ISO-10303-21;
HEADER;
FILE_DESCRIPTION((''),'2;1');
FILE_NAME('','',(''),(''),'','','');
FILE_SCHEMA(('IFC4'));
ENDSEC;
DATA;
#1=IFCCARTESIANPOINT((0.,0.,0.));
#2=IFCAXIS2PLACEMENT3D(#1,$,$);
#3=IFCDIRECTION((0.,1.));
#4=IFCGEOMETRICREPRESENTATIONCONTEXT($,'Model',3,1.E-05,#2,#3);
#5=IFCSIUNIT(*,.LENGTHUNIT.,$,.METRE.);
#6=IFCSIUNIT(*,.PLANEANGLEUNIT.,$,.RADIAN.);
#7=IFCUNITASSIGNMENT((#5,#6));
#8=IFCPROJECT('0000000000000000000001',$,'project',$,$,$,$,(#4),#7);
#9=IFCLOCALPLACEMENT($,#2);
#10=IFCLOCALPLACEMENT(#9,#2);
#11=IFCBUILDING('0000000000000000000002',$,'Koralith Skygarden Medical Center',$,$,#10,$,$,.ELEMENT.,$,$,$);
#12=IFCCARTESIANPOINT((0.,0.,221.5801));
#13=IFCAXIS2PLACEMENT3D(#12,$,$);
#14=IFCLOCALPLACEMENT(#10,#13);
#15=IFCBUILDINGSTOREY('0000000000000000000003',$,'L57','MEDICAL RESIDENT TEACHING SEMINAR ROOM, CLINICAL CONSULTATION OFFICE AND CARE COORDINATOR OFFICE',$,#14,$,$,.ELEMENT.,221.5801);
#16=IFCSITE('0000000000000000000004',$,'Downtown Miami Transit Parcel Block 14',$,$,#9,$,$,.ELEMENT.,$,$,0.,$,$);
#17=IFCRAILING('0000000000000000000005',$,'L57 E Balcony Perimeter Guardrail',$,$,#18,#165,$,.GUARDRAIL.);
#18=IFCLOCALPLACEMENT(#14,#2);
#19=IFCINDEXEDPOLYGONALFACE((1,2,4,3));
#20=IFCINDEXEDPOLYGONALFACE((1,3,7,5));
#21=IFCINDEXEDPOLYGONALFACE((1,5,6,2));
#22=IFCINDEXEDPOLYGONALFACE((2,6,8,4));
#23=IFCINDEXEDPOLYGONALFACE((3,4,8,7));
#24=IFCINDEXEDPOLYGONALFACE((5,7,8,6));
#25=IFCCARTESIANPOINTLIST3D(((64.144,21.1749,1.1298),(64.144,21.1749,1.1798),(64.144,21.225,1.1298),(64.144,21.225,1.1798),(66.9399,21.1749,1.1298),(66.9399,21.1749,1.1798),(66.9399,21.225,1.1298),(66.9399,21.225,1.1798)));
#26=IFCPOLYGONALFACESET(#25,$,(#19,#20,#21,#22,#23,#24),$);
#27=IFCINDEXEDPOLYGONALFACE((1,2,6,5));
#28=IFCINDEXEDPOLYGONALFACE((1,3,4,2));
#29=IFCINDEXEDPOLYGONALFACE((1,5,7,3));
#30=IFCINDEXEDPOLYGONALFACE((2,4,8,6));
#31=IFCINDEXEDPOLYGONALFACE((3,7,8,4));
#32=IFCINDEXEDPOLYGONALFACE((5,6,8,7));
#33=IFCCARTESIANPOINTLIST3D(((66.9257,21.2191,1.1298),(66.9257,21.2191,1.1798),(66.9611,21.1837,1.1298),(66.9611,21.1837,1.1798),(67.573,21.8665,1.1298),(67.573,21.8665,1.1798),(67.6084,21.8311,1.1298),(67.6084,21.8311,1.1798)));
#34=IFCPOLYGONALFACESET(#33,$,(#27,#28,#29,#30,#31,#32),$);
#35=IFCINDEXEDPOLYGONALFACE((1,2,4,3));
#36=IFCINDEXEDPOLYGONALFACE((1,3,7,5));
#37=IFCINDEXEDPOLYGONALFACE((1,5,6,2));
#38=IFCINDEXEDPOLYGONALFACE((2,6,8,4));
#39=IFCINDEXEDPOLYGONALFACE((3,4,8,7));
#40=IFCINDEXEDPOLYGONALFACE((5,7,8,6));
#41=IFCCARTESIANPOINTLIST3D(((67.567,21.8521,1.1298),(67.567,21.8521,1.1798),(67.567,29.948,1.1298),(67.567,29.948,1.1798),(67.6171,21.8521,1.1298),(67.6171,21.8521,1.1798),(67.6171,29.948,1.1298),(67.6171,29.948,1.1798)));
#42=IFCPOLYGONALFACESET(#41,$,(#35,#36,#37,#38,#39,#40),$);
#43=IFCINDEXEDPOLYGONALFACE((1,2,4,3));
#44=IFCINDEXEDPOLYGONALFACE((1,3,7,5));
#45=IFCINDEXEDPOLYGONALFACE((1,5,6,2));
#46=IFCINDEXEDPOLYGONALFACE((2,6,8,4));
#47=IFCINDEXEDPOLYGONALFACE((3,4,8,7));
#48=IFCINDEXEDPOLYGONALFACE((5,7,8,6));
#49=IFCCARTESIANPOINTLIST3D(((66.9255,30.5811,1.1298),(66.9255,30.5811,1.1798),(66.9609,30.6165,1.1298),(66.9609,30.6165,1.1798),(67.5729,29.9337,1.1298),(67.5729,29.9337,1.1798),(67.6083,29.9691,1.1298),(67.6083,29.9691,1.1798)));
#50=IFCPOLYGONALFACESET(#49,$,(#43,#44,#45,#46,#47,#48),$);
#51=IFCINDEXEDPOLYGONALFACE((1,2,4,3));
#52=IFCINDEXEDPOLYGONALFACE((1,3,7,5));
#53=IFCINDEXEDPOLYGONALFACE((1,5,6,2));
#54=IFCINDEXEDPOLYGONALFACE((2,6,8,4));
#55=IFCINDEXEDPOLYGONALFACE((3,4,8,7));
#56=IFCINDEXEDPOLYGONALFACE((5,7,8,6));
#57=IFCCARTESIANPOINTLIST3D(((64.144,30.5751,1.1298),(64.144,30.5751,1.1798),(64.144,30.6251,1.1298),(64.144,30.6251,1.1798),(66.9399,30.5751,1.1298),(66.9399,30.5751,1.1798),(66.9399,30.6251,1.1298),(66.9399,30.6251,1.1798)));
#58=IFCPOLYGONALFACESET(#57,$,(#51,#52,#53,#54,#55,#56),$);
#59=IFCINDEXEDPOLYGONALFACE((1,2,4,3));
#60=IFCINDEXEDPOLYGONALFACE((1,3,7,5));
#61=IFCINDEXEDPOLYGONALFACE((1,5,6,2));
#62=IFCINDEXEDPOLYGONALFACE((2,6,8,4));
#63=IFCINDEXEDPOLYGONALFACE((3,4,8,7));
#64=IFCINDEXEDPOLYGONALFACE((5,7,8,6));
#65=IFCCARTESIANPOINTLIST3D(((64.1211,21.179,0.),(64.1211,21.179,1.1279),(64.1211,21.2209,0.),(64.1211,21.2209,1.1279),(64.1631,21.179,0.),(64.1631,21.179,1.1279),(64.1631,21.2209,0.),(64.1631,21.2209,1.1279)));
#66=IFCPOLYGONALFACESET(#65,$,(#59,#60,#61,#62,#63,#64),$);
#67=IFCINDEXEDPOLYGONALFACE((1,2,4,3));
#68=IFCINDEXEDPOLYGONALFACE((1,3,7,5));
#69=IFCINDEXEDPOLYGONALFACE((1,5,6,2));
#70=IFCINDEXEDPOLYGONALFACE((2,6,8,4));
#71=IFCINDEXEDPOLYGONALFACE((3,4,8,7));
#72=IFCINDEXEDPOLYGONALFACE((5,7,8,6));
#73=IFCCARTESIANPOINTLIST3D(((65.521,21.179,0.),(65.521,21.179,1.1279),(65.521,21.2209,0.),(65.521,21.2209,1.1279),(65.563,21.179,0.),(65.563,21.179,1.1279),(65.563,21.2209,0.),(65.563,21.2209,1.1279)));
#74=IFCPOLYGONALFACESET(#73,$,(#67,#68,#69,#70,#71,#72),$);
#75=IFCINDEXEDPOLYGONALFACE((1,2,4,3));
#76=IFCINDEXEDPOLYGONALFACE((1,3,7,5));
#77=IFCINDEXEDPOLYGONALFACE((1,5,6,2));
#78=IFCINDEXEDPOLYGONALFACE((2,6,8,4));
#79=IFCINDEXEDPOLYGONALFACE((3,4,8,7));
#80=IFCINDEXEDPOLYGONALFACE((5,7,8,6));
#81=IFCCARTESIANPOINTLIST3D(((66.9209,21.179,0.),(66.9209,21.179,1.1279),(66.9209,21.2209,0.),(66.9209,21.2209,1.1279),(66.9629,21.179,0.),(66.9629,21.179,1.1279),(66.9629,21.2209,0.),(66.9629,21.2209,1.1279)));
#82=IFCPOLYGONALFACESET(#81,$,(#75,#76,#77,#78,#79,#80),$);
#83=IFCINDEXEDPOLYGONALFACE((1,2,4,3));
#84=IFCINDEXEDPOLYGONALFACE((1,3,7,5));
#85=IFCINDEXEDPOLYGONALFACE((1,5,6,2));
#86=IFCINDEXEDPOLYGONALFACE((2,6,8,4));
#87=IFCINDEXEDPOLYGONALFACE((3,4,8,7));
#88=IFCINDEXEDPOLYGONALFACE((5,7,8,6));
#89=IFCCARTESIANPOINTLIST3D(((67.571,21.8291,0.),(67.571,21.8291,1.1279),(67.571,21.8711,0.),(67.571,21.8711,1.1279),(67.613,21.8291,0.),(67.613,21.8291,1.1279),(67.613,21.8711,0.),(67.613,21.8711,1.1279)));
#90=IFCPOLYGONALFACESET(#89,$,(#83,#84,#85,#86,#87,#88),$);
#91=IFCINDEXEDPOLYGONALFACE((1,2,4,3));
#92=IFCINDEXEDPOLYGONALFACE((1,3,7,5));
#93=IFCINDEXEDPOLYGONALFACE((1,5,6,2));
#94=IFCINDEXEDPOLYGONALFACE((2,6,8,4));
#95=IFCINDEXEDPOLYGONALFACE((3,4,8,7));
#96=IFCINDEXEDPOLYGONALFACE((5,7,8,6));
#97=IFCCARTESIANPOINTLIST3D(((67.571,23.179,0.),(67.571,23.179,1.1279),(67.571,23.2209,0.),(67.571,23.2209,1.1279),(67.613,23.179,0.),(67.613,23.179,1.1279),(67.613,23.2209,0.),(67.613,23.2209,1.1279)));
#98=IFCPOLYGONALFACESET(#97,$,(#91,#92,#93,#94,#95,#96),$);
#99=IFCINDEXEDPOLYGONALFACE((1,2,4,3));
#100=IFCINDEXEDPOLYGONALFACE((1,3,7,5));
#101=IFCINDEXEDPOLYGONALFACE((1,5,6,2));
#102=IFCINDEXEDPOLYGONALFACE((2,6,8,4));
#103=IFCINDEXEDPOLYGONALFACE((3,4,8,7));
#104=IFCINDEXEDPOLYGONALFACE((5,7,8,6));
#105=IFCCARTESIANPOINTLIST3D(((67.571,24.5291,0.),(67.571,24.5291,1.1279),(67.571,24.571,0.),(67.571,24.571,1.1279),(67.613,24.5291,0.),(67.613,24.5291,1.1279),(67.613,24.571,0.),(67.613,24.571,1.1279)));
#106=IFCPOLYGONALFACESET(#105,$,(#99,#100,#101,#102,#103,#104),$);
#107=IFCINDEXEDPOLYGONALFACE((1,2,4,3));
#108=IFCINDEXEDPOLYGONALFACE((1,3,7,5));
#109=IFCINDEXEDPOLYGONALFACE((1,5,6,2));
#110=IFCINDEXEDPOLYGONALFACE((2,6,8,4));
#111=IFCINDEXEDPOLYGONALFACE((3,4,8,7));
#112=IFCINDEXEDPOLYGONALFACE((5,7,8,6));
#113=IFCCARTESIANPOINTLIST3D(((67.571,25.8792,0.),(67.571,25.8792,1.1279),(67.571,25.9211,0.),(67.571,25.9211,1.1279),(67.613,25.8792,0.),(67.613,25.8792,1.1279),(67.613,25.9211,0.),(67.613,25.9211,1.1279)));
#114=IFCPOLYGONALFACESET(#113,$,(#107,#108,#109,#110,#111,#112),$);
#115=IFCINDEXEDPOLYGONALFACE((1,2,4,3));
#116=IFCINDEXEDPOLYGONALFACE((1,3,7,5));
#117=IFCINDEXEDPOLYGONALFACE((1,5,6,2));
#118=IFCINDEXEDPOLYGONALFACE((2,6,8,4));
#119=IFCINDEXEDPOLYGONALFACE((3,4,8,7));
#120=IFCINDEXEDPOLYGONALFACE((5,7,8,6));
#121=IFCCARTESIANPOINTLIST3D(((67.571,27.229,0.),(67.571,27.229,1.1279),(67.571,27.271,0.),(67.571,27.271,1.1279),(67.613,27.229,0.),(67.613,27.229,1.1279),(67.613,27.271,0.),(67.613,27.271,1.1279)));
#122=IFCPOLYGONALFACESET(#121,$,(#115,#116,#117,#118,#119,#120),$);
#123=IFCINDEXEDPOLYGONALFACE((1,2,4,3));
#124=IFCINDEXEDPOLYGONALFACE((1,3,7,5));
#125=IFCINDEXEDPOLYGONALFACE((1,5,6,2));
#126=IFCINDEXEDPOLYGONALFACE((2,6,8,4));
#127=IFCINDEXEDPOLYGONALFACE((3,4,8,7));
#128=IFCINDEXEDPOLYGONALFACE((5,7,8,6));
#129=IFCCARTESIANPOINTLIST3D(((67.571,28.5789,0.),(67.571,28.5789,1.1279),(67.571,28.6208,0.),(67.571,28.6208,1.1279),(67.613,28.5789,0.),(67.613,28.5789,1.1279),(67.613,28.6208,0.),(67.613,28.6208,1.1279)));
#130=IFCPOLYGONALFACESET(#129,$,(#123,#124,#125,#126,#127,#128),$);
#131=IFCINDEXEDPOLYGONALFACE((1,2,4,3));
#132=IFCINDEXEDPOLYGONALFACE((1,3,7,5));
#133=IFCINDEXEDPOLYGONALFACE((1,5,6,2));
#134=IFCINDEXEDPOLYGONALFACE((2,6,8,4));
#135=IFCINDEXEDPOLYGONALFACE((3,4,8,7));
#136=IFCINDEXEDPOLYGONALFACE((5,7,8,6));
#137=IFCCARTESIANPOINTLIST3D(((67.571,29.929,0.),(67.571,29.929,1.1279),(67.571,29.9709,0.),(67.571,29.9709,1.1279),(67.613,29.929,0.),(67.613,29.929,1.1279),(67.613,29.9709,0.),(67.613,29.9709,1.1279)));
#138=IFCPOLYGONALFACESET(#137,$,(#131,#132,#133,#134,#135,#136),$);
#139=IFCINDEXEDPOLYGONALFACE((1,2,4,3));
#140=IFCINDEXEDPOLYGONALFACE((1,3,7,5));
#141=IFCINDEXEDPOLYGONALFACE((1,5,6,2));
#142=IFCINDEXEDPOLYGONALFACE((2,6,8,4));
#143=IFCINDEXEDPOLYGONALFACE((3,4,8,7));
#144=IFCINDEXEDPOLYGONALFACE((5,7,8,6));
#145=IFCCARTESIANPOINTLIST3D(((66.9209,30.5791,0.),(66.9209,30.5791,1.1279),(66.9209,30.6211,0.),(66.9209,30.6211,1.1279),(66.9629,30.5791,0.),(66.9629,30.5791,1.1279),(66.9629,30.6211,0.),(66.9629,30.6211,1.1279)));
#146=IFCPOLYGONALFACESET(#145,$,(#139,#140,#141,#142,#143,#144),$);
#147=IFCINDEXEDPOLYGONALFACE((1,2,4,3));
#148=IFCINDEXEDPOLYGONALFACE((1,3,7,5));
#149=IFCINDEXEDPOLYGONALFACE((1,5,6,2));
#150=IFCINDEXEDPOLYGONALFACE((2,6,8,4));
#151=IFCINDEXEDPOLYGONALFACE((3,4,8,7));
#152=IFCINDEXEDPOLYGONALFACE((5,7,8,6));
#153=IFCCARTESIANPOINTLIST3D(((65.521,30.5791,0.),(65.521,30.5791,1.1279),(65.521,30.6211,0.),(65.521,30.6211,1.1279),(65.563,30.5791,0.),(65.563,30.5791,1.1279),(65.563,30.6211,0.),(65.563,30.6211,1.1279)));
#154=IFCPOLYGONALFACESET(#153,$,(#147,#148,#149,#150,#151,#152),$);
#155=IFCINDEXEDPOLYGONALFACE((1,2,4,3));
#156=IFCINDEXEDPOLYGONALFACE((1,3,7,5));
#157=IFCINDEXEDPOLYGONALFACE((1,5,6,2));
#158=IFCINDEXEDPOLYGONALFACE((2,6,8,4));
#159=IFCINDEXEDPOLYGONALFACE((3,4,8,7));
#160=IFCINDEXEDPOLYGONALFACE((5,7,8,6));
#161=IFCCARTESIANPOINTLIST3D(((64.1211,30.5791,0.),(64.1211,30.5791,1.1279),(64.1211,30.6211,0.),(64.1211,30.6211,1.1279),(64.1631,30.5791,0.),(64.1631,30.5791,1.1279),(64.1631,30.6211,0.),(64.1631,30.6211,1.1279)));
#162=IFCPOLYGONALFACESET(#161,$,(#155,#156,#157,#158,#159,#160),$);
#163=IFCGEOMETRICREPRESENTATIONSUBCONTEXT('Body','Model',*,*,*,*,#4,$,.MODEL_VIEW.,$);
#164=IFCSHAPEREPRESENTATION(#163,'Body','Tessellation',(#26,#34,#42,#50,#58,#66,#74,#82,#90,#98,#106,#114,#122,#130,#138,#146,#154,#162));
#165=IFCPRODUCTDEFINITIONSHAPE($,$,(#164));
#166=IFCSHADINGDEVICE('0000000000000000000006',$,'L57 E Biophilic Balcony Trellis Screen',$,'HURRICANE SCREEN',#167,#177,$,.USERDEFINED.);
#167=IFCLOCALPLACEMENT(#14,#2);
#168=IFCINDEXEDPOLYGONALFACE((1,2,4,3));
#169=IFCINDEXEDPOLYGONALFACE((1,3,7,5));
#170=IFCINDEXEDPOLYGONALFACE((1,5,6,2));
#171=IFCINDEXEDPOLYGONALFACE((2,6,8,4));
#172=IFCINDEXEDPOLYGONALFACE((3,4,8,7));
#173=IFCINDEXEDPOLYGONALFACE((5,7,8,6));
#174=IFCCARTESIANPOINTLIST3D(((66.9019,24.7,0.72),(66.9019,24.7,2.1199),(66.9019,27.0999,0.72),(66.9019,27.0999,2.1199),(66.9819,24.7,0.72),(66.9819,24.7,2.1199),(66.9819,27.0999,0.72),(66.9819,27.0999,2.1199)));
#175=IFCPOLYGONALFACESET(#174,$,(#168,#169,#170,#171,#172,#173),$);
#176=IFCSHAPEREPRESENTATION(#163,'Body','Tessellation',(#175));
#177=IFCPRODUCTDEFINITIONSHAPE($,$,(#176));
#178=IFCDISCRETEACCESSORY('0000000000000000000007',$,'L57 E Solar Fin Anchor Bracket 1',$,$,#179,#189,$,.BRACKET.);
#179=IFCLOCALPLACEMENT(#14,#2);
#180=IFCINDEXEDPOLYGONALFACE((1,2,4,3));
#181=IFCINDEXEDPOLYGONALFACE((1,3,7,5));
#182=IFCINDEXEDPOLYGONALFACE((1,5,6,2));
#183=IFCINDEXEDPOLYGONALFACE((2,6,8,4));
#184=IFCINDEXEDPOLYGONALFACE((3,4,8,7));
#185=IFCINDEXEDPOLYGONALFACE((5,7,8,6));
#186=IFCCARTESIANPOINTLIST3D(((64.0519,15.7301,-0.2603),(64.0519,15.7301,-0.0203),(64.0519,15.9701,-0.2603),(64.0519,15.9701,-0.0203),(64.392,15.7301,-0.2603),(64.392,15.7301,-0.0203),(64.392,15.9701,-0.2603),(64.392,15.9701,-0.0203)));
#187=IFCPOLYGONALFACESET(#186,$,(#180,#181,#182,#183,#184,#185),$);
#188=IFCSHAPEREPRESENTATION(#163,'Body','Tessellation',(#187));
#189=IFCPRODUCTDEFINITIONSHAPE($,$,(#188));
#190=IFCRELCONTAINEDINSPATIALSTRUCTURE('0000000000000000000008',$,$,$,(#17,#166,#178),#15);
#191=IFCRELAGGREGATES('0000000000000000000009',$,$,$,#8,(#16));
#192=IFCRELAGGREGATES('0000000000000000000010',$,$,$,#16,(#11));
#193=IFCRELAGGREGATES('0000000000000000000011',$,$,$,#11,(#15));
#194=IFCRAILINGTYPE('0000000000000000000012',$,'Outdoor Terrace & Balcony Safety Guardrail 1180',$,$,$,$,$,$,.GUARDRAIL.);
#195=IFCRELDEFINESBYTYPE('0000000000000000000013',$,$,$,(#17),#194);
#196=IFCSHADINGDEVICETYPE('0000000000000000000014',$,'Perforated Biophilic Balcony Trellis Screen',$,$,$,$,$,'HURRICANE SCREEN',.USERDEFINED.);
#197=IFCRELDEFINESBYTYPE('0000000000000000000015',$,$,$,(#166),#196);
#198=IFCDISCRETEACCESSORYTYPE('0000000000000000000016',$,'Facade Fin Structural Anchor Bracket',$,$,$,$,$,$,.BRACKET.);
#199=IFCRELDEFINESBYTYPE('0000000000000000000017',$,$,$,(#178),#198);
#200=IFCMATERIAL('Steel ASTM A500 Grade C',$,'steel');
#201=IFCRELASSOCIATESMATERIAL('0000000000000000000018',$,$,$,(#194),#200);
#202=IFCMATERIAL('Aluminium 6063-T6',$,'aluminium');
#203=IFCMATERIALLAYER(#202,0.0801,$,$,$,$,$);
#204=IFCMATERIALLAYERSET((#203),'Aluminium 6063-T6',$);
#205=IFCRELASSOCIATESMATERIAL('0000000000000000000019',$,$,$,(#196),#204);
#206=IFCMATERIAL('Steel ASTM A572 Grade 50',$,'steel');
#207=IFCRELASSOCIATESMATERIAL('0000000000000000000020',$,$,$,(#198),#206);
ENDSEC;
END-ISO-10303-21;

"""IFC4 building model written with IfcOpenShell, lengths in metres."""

from ifc_helpers import new_model, si_unit, direction, frame, origin, origin_2d, place, context, subcontext, project, spatial, rectangle, extrude, material, layer, layer_set, type_object, element, save


model = new_model("IFC4")

# Units and contexts
model_context = context("Model", 3, precision=1e-05, world=origin(), true_north=direction((0.0, 1.0)))
body_context = subcontext(model_context, "Body", "Model", "MODEL_VIEW")
ifc_project = project(units=[si_unit("LENGTHUNIT", "METRE"), si_unit("PLANEANGLEUNIT", "RADIAN")], contexts=[model_context])

# Site, building, storey
site_placement = place(None, origin())
site = spatial("IfcSite", under=ifc_project, at=site_placement, Name="Downtown Miami Transit Parcel Block 14", CompositionType="ELEMENT", RefElevation=0.0)
building_placement = place(site_placement, origin())
building = spatial("IfcBuilding", under=site, at=building_placement, Name="Koralith Skygarden Medical Center", CompositionType="ELEMENT")
storey_placement = place(building_placement, frame((0.0, 0.0, 221.5801)))
storey = spatial("IfcBuildingStorey", under=building, at=storey_placement, Name="L57", Description="MEDICAL RESIDENT TEACHING SEMINAR ROOM, CLINICAL CONSULTATION OFFICE AND CARE COORDINATOR OFFICE", CompositionType="ELEMENT", Elevation=221.5801)

# Shared definitions
ifc_material_1 = material(Name="Aluminium 6063-T6", Category="aluminium")

# Railing
ifc_material_2 = material(Name="Steel ASTM A500 Grade C", Category="steel")
railing_type = type_object("IfcRailingType", Name="Outdoor Terrace & Balcony Safety Guardrail 1180", PredefinedType="GUARDRAIL", material=ifc_material_2)
railing_placement = place(storey_placement, frame((64.1421, 21.2, 0.0)))
element("IfcRailing", 1, at=railing_placement, inside=storey, type_object=railing_type, Name="L57 E Balcony Perimeter Guardrail", PredefinedType="GUARDRAIL", context=body_context, shape_type="SweptSolid", body=[
    extrude(rectangle(XDim=0.05, YDim=0.05, at=origin_2d()), frame((0.002, 0.0, 1.1548), z_axis=(1.0, 0.0, 0.0), x_axis=(0.0, 1.0, 0.0)), (0.0, 0.0, 1.0), 2.7959),
    extrude(rectangle(XDim=0.05, YDim=0.05, at=origin_2d()), frame((2.8013, 0.0015, 1.1548), z_axis=(0.707107, 0.707107, 0.0), x_axis=(-0.707107, 0.707107, 0.0)), (0.0, 0.0, 1.0), 0.9155),
    extrude(rectangle(XDim=0.05, YDim=0.05, at=origin_2d()), frame((3.45, 0.6521, 1.1548), z_axis=(0.0, 1.0, 0.0), x_axis=(-1.0, 0.0, 0.0)), (0.0, 0.0, 1.0), 8.0959),
    extrude(rectangle(XDim=0.05, YDim=0.05, at=origin_2d()), frame((3.4485, 8.7515, 1.1548), z_axis=(-0.707107, 0.707107, 0.0), x_axis=(-0.707107, -0.707107, 0.0)), (0.0, 0.0, 1.0), 0.9155),
    extrude(rectangle(XDim=0.05, YDim=0.05, at=origin_2d()), frame((2.7979, 9.4001, 1.1548), z_axis=(-1.0, 0.0, 0.0), x_axis=(0.0, -1.0, 0.0)), (0.0, 0.0, 1.0), 2.7959),
    extrude(rectangle(XDim=0.042, YDim=0.042, at=origin_2d()), origin(), (0.0, 0.0, 1.0), 1.1279),
    extrude(rectangle(XDim=0.042, YDim=0.042, at=origin_2d()), frame((1.3999, 0.0, 0.0)), (0.0, 0.0, 1.0), 1.1279),
    extrude(rectangle(XDim=0.042, YDim=0.042, at=origin_2d()), frame((2.7998, 0.0, 0.0)), (0.0, 0.0, 1.0), 1.1279),
    extrude(rectangle(XDim=0.042, YDim=0.042, at=origin_2d()), frame((3.45, 0.6501, 0.0)), (0.0, 0.0, 1.0), 1.1279),
    extrude(rectangle(XDim=0.042, YDim=0.042, at=origin_2d()), frame((3.45, 2.0, 0.0)), (0.0, 0.0, 1.0), 1.1279),
    extrude(rectangle(XDim=0.042, YDim=0.042, at=origin_2d()), frame((3.45, 3.3501, 0.0)), (0.0, 0.0, 1.0), 1.1279),
    extrude(rectangle(XDim=0.042, YDim=0.042, at=origin_2d()), frame((3.45, 4.7002, 0.0)), (0.0, 0.0, 1.0), 1.1279),
    extrude(rectangle(XDim=0.042, YDim=0.042, at=origin_2d()), frame((3.45, 6.05, 0.0)), (0.0, 0.0, 1.0), 1.1279),
    extrude(rectangle(XDim=0.042, YDim=0.042, at=origin_2d()), frame((3.45, 7.3999, 0.0)), (0.0, 0.0, 1.0), 1.1279),
    extrude(rectangle(XDim=0.042, YDim=0.042, at=origin_2d()), frame((3.45, 8.75, 0.0)), (0.0, 0.0, 1.0), 1.1279),
    extrude(rectangle(XDim=0.042, YDim=0.042, at=origin_2d()), frame((2.7998, 9.4001, 0.0)), (0.0, 0.0, 1.0), 1.1279),
    extrude(rectangle(XDim=0.042, YDim=0.042, at=origin_2d()), frame((1.3999, 9.4001, 0.0)), (0.0, 0.0, 1.0), 1.1279),
    extrude(rectangle(XDim=0.042, YDim=0.042, at=origin_2d()), frame((0.0, 9.4001, 0.0)), (0.0, 0.0, 1.0), 1.1279),
])

# Shading device
ifc_layer_1 = layer(ifc_material_1, 0.0801)
ifc_layer_set_1 = layer_set([ifc_layer_1], Name="Aluminium 6063-T6")
shading_device_type_1 = type_object("IfcShadingDeviceType", Name="Perforated Biophilic Balcony Trellis Screen", ElementType="HURRICANE SCREEN", PredefinedType="USERDEFINED", material=ifc_layer_set_1)
shading_device_1_placement = place(storey_placement, frame((66.9419, 25.8999, 0.72), z_axis=(0.0, 0.0, 1.0), x_axis=(0.0, 1.0, 0.0)))
element("IfcShadingDevice", 2, at=shading_device_1_placement, inside=storey, type_object=shading_device_type_1, Name="L57 E Biophilic Balcony Trellis Screen", ObjectType="HURRICANE SCREEN", PredefinedType="USERDEFINED", context=body_context, shape_type="SweptSolid", body=[
    extrude(rectangle(XDim=2.3999, YDim=0.0801, at=origin_2d()), origin(), (0.0, 0.0, 1.0), 1.3999),
])

# Discrete accessory
ifc_material_3 = material(Name="Steel ASTM A572 Grade 50", Category="steel")
discrete_accessory_type = type_object("IfcDiscreteAccessoryType", Name="Facade Fin Structural Anchor Bracket", PredefinedType="BRACKET", material=ifc_material_3)
discrete_accessory_placement = place(storey_placement, frame((64.2219, 15.8501, -0.2603), z_axis=(0.0, 0.0, 1.0), x_axis=(1.0, 0.0, 0.0)))
element("IfcDiscreteAccessory", 3, at=discrete_accessory_placement, inside=storey, type_object=discrete_accessory_type, Name="L57 E Solar Fin Anchor Bracket 1", PredefinedType="BRACKET", context=body_context, shape_type="SweptSolid", body=[
    extrude(rectangle(XDim=0.3401, YDim=0.24, at=origin_2d()), origin(), (0.0, 0.0, 1.0), 0.24),
])

save(model, "model.ifc")
